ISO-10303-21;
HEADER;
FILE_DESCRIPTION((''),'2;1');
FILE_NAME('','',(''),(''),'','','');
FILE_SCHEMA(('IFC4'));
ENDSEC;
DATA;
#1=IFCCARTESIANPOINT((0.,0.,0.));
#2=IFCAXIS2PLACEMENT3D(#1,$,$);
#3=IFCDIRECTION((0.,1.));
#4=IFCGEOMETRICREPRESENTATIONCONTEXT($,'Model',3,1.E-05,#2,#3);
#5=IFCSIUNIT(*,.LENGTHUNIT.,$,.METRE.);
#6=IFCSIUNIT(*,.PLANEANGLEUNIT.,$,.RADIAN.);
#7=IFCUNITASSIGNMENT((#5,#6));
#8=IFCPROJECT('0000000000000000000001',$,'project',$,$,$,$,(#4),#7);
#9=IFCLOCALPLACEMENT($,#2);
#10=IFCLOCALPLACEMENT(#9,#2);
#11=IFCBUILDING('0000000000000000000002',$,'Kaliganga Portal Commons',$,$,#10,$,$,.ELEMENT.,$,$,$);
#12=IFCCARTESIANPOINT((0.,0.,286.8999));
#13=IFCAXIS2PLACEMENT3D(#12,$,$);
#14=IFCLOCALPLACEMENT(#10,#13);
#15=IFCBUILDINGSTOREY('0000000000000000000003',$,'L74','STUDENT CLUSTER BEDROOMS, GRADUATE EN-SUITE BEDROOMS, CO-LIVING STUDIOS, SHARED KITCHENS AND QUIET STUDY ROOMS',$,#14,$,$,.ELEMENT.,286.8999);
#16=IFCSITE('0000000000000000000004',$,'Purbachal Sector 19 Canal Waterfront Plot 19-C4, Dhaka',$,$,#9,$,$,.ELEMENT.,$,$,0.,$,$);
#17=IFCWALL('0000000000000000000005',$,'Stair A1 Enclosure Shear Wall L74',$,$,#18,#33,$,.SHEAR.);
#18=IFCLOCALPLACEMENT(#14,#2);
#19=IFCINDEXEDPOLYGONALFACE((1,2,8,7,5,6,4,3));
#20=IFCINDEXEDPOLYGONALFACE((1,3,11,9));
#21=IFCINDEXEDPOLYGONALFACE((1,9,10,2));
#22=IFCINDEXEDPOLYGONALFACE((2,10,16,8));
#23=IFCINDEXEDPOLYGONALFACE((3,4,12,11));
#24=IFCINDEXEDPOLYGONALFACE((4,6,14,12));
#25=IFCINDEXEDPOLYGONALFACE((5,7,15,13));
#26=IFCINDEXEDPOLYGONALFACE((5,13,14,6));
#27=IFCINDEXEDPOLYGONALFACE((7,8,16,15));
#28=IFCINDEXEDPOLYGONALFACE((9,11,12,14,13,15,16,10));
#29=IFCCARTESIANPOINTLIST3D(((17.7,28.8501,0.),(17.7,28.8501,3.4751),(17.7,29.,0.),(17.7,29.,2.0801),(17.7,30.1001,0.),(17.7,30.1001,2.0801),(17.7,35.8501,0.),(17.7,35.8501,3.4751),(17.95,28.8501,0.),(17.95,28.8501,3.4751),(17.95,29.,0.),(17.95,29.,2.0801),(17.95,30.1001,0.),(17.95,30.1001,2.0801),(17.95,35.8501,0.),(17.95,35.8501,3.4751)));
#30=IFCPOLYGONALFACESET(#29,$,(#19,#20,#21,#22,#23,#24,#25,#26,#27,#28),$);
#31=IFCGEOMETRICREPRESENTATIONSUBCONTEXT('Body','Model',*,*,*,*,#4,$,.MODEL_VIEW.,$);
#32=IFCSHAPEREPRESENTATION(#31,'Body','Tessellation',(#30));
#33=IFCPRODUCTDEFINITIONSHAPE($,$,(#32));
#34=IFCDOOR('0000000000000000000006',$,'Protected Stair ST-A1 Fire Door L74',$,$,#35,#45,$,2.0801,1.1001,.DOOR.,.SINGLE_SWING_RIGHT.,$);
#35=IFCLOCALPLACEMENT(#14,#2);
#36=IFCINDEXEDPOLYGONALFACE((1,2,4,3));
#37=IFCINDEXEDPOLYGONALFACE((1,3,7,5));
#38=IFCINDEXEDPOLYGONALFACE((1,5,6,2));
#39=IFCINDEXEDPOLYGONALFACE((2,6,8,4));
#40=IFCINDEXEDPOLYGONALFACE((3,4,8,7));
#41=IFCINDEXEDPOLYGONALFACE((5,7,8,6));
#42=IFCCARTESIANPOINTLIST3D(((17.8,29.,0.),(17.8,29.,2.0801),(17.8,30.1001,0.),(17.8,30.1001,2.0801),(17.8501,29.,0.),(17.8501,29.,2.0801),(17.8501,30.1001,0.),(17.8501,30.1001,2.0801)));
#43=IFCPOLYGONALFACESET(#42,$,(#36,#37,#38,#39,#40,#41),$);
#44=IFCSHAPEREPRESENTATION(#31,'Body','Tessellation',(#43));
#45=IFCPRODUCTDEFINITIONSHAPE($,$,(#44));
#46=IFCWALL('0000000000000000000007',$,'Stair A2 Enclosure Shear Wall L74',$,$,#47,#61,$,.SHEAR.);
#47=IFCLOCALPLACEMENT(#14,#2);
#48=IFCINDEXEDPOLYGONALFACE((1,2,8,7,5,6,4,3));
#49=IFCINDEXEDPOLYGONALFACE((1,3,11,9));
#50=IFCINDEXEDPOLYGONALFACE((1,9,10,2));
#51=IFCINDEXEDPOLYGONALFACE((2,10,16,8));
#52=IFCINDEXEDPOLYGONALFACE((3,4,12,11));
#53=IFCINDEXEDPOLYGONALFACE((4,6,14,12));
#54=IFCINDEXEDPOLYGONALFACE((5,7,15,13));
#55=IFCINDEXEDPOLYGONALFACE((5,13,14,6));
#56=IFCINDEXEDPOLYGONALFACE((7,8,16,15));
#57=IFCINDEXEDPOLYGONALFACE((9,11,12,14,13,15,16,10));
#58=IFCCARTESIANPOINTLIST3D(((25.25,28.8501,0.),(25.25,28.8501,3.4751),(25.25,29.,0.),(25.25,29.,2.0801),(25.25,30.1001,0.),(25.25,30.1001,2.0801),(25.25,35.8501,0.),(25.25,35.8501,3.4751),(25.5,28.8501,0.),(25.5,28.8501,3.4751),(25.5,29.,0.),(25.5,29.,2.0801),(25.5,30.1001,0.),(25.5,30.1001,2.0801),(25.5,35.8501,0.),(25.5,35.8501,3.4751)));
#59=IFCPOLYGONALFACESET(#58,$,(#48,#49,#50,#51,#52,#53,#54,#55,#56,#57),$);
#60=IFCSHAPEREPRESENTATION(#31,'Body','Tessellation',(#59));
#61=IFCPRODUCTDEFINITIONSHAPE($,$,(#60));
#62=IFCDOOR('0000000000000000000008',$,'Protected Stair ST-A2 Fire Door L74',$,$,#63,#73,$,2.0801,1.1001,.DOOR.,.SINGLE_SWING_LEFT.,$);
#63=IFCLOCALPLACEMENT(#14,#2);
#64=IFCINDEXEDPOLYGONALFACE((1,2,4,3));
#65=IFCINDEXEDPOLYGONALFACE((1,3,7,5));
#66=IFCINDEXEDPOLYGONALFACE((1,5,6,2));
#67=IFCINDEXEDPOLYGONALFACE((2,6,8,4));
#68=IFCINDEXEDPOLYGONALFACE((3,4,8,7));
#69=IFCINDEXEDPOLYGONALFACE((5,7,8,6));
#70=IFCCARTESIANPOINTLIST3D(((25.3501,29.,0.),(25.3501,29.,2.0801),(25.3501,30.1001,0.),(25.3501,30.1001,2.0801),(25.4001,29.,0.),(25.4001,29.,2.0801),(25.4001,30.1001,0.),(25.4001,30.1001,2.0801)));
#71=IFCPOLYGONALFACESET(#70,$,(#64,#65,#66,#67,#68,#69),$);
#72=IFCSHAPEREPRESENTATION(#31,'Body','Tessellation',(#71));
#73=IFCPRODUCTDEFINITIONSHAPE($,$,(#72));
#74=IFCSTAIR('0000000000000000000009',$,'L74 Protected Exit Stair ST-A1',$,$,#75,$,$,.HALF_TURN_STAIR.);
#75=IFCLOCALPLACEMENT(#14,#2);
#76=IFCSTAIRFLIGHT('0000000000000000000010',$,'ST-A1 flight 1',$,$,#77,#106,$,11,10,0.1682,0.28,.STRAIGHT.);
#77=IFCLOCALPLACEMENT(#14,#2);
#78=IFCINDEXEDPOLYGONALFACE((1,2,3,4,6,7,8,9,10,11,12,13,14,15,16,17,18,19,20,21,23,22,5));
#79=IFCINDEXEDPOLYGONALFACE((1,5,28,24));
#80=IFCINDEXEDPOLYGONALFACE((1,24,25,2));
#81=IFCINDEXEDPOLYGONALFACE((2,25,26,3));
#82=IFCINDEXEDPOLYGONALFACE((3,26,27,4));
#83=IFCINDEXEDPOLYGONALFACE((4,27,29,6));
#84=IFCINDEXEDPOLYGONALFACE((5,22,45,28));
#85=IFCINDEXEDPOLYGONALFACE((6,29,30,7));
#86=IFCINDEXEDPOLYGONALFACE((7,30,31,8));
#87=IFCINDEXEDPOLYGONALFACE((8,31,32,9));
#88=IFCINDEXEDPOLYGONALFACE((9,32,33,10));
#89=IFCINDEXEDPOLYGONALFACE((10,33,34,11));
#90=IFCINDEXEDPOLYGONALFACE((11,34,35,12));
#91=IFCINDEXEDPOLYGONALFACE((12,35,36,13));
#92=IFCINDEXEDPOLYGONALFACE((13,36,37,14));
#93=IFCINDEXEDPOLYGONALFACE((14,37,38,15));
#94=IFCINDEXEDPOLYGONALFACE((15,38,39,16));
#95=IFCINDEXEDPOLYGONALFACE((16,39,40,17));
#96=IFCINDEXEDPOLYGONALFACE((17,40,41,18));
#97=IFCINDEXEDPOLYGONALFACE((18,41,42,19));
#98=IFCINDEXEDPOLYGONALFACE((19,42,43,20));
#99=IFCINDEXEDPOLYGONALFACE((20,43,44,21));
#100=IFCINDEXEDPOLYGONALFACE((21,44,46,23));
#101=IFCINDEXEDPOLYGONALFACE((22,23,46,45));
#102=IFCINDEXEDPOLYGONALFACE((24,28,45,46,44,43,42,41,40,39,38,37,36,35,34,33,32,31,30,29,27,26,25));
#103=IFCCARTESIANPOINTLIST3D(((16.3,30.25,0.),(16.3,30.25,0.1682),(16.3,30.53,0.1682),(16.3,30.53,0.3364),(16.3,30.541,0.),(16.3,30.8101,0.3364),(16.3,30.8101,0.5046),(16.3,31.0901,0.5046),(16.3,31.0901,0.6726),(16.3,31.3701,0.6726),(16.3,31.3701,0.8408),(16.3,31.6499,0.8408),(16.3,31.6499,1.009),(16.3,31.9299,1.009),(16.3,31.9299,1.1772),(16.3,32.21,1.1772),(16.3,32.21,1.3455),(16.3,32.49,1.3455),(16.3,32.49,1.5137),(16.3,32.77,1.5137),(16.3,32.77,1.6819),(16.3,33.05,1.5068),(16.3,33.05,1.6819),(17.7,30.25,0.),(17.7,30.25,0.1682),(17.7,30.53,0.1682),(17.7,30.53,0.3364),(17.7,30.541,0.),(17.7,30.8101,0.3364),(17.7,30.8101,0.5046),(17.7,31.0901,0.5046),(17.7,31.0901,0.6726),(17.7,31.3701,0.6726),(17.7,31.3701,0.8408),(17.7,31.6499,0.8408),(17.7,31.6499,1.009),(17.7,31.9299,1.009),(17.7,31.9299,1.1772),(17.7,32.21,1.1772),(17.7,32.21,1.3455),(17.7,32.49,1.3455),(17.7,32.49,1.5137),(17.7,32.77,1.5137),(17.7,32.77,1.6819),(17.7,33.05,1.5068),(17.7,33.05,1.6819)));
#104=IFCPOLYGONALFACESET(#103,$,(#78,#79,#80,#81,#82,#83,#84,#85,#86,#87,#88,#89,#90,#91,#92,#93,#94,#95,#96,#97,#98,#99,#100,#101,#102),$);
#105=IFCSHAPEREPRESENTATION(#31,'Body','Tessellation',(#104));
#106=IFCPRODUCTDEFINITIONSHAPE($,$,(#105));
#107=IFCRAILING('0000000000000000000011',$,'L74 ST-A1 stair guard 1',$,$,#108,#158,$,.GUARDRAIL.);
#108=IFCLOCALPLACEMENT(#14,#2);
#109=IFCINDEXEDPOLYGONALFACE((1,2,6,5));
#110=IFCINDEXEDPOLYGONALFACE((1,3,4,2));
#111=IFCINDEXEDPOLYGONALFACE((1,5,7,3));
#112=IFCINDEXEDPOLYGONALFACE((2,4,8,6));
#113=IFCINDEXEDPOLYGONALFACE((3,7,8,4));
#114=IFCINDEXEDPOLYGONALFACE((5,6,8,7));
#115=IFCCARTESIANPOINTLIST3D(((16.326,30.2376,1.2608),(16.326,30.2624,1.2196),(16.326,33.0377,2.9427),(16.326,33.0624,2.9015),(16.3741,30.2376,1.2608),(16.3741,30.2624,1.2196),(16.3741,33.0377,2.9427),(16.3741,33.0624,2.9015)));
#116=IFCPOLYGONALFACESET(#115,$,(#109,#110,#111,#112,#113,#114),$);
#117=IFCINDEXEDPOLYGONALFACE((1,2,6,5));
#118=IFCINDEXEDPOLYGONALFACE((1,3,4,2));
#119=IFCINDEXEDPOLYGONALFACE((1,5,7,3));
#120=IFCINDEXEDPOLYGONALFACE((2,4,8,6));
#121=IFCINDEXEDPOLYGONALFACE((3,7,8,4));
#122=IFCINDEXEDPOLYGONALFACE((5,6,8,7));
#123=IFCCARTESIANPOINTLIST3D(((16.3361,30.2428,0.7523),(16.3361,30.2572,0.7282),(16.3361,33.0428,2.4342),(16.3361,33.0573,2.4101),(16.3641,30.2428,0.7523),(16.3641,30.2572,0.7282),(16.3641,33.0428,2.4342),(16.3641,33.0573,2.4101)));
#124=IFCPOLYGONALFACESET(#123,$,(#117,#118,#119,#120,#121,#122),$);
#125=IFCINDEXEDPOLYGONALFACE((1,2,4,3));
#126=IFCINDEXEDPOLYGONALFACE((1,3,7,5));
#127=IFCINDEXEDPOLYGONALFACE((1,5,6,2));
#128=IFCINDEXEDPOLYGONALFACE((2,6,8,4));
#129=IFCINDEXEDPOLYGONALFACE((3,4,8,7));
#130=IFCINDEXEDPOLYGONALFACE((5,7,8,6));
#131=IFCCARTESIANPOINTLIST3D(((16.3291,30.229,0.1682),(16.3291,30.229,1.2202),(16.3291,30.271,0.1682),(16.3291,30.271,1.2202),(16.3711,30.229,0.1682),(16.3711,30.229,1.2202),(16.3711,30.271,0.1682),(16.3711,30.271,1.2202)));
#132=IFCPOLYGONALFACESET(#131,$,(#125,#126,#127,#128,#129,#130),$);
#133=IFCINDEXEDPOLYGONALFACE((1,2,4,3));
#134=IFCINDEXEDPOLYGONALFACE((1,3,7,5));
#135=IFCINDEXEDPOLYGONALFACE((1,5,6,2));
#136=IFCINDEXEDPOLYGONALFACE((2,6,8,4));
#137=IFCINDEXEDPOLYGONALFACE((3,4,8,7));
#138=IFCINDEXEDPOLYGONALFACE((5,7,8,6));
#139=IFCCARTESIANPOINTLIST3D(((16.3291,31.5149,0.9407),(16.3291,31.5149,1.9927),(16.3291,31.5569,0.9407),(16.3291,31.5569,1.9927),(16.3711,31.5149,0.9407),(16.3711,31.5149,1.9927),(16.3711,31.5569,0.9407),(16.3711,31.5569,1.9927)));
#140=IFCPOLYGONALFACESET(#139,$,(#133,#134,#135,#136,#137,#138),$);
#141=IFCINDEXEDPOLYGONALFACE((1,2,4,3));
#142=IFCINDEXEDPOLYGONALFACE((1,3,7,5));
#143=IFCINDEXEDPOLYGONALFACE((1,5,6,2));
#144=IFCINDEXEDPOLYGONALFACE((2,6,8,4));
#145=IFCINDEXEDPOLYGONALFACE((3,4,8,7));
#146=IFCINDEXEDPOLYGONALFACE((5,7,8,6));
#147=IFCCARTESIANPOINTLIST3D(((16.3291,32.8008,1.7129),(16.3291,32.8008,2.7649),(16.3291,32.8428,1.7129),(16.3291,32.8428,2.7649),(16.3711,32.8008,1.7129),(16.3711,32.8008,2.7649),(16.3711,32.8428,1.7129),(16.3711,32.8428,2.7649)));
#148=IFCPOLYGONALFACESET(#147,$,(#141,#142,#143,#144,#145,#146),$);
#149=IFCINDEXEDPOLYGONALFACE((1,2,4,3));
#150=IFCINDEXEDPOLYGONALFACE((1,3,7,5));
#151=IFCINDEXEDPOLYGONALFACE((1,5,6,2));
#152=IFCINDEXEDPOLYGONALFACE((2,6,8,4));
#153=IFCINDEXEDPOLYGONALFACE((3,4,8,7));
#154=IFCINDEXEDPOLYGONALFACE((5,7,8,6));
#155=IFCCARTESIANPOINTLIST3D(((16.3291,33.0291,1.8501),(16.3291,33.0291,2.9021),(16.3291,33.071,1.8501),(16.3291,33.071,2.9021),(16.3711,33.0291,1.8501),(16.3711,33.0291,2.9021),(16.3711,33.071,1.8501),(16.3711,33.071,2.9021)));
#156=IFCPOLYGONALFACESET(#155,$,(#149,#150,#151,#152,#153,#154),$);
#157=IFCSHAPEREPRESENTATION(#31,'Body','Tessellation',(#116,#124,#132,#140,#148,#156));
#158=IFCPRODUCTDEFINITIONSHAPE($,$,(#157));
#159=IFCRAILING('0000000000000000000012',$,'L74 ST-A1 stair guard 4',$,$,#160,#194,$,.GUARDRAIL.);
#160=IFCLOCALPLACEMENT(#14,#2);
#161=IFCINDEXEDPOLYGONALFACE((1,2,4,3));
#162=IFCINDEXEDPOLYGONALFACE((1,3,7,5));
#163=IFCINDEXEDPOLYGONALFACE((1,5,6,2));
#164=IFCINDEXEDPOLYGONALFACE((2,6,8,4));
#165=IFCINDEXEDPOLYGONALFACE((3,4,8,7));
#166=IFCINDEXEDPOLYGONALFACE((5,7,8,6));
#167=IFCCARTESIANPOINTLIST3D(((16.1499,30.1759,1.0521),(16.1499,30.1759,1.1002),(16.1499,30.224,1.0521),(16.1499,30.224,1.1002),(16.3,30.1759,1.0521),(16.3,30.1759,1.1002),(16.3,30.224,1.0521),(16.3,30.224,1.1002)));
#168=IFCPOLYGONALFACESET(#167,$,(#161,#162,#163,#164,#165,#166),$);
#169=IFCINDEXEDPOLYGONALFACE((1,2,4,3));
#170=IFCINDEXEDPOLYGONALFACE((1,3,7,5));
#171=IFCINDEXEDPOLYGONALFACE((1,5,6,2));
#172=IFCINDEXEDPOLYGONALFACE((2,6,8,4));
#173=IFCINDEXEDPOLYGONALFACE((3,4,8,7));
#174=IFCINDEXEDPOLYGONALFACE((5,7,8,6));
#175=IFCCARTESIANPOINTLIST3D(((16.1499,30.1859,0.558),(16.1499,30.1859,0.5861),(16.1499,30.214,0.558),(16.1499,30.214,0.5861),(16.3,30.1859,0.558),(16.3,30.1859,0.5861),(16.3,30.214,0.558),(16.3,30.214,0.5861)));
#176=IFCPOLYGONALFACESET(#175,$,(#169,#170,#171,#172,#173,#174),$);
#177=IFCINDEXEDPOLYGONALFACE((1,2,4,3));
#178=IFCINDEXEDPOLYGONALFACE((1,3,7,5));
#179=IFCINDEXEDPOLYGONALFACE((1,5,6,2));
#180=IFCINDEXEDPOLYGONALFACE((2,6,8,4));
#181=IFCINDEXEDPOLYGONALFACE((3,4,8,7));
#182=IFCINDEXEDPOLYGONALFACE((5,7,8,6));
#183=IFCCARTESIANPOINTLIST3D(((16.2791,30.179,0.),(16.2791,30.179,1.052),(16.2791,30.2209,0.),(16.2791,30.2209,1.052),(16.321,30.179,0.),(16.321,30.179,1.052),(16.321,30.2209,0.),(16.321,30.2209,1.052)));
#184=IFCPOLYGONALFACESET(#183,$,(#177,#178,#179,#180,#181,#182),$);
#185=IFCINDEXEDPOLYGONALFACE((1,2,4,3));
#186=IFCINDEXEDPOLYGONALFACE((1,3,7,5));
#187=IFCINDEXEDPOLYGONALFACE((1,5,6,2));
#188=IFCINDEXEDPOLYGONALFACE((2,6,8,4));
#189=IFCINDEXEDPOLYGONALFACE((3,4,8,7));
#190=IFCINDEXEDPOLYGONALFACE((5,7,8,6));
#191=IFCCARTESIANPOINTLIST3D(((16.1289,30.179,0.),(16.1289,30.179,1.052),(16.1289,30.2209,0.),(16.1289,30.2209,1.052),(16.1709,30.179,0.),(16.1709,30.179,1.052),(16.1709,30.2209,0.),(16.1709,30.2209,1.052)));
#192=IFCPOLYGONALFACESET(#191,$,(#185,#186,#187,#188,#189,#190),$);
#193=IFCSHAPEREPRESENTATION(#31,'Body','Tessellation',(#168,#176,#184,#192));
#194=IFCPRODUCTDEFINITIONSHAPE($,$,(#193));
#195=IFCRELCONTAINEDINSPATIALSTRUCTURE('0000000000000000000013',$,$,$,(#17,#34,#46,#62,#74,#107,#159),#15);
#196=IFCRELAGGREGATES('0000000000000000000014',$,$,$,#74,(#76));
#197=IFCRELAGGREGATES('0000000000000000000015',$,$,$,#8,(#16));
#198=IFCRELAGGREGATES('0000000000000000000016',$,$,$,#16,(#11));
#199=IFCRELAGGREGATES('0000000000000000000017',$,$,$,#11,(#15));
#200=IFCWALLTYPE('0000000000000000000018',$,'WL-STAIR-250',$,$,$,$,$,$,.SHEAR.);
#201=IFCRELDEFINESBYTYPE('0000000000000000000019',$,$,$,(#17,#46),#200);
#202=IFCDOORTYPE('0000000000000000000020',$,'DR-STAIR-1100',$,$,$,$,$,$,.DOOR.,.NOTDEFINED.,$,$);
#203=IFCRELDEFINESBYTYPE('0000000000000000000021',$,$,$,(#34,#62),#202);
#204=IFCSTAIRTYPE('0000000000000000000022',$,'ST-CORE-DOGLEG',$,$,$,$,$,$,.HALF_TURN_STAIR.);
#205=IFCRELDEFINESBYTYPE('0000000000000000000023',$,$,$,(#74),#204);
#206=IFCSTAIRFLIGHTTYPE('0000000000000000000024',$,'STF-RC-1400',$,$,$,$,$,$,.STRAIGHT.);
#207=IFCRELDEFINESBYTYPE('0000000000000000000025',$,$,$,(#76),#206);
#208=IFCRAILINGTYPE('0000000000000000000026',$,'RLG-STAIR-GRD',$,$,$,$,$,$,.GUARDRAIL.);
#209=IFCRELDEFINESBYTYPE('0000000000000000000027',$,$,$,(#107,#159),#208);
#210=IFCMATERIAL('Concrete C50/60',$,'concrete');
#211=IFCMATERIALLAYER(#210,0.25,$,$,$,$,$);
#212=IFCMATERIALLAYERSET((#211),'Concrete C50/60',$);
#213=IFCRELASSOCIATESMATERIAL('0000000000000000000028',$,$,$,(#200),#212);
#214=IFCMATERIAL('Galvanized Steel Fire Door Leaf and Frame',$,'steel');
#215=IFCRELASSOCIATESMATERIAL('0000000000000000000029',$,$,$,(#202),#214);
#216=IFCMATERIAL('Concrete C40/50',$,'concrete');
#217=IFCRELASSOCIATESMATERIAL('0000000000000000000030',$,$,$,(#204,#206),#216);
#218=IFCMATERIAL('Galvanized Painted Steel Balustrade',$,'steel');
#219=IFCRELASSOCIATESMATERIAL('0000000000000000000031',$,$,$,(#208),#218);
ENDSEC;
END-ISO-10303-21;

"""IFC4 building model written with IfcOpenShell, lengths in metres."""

from ifc_helpers import new_model, si_unit, direction, frame, frame_2d, origin, origin_2d, place, context, subcontext, project, spatial, polyline, rectangle, outline, extrude, material, layer, layer_set, type_object, element, fill, aggregate, save


model = new_model("IFC4")

# Units and contexts
model_context = context("Model", 3, precision=1e-05, world=origin(), true_north=direction((0.0, 1.0)))
body_context = subcontext(model_context, "Body", "Model", "MODEL_VIEW")
ifc_project = project(units=[si_unit("LENGTHUNIT", "METRE"), si_unit("PLANEANGLEUNIT", "RADIAN")], contexts=[model_context])

# Site, building, storey
site_placement = place(None, origin())
site = spatial("IfcSite", under=ifc_project, at=site_placement, Name="Purbachal Sector 19 Canal Waterfront Plot 19-C4, Dhaka", CompositionType="ELEMENT", RefElevation=0.0)
building_placement = place(site_placement, origin())
building = spatial("IfcBuilding", under=site, at=building_placement, Name="Kaliganga Portal Commons", CompositionType="ELEMENT")
storey_placement = place(building_placement, frame((0.0, 0.0, 286.8999)))
storey = spatial("IfcBuildingStorey", under=building, at=storey_placement, Name="L74", Description="STUDENT CLUSTER BEDROOMS, GRADUATE EN-SUITE BEDROOMS, CO-LIVING STUDIOS, SHARED KITCHENS AND QUIET STUDY ROOMS", CompositionType="ELEMENT", Elevation=286.8999)

# Shared definitions
ifc_material_1 = material(Name="Concrete C50/60", Category="concrete")

# Walls, openings, doors
ifc_layer_1 = layer(ifc_material_1, 0.25)
ifc_layer_set_1 = layer_set([ifc_layer_1], Name="Concrete C50/60")
wall_type_1 = type_object("IfcWallType", Name="WL-STAIR-250", PredefinedType="SHEAR", material=ifc_layer_set_1)
wall_1_placement = place(storey_placement, frame((17.825, 28.8501, 0.0), z_axis=(0.0, 0.0, 1.0), x_axis=(0.0, 1.0, 0.0)))
wall_1 = element("IfcWall", 1, at=wall_1_placement, inside=storey, type_object=wall_type_1, Name="Stair A1 Enclosure Shear Wall L74", PredefinedType="SHEAR", context=body_context, shape_type="SweptSolid", body=[
    extrude(rectangle(XDim=7.0, YDim=0.25, at=frame_2d((3.5, 0.0))), origin(), (0.0, 0.0, 1.0), 3.4751),
])
opening_1_placement = place(wall_1_placement, frame((0.1499, 0.0, 0.0)))
opening_1 = element("IfcOpeningElement", 2, at=opening_1_placement, cuts=wall_1, PredefinedType="OPENING", context=body_context, shape_type="SweptSolid", body=[
    extrude(rectangle(XDim=1.1001, YDim=2.0801, at=frame_2d((0.55, 1.04))), frame((0.0, 0.135, 0.0), z_axis=(0.0, -1.0, 0.0), x_axis=(1.0, 0.0, 0.0)), (0.0, 0.0, 1.0), 0.27),
])
ifc_material_2 = material(Name="Galvanized Steel Fire Door Leaf and Frame", Category="steel")
door_type_1 = type_object("IfcDoorType", Name="DR-STAIR-1100", OperationType="NOTDEFINED", PredefinedType="DOOR", material=ifc_material_2)
door_1_placement = place(opening_1_placement, origin())
door_1 = element("IfcDoor", 3, at=door_1_placement, inside=storey, type_object=door_type_1, Name="Protected Stair ST-A1 Fire Door L74", OperationType="SINGLE_SWING_RIGHT", OverallHeight=2.0801, OverallWidth=1.1001, PredefinedType="DOOR", context=body_context, shape_type="SweptSolid", body=[
    extrude(rectangle(XDim=1.1001, YDim=2.0801, at=frame_2d((0.55, 1.04))), frame((0.0, 0.0249, 0.0), z_axis=(0.0, -1.0, 0.0), x_axis=(1.0, 0.0, 0.0)), (0.0, 0.0, 1.0), 0.05),
])
fill(opening_1, door_1)
wall_2_placement = place(storey_placement, frame((25.375, 28.8501, 0.0), z_axis=(0.0, 0.0, 1.0), x_axis=(0.0, 1.0, 0.0)))
wall_2 = element("IfcWall", 4, at=wall_2_placement, inside=storey, type_object=wall_type_1, Name="Stair A2 Enclosure Shear Wall L74", PredefinedType="SHEAR", context=body_context, shape_type="SweptSolid", body=[
    extrude(rectangle(XDim=7.0, YDim=0.25, at=frame_2d((3.5, 0.0))), origin(), (0.0, 0.0, 1.0), 3.4751),
])
opening_2_placement = place(wall_2_placement, frame((0.1499, 0.0, 0.0)))
opening_2 = element("IfcOpeningElement", 5, at=opening_2_placement, cuts=wall_2, PredefinedType="OPENING", context=body_context, shape_type="SweptSolid", body=[
    extrude(rectangle(XDim=1.1001, YDim=2.0801, at=frame_2d((0.55, 1.04))), frame((0.0, 0.135, 0.0), z_axis=(0.0, -1.0, 0.0), x_axis=(1.0, 0.0, 0.0)), (0.0, 0.0, 1.0), 0.27),
])
door_2_placement = place(opening_2_placement, origin())
door_2 = element("IfcDoor", 6, at=door_2_placement, inside=storey, type_object=door_type_1, Name="Protected Stair ST-A2 Fire Door L74", OperationType="SINGLE_SWING_LEFT", OverallHeight=2.0801, OverallWidth=1.1001, PredefinedType="DOOR", context=body_context, shape_type="SweptSolid", body=[
    extrude(rectangle(XDim=1.1001, YDim=2.0801, at=frame_2d((0.55, 1.04))), frame((0.0, 0.0249, 0.0), z_axis=(0.0, -1.0, 0.0), x_axis=(1.0, 0.0, 0.0)), (0.0, 0.0, 1.0), 0.05),
])
fill(opening_2, door_2)

# Stair, stair flight
ifc_material_3 = material(Name="Concrete C40/50", Category="concrete")
stair_type = type_object("IfcStairType", Name="ST-CORE-DOGLEG", PredefinedType="HALF_TURN_STAIR", material=ifc_material_3)
stair_placement = place(storey_placement, origin())
stair = element("IfcStair", 7, at=stair_placement, inside=storey, type_object=stair_type, Name="L74 Protected Exit Stair ST-A1", PredefinedType="HALF_TURN_STAIR")
stair_flight_type = type_object("IfcStairFlightType", Name="STF-RC-1400", PredefinedType="STRAIGHT", material=ifc_material_3)
stair_flight_placement = place(storey_placement, frame((17.0, 30.25, 0.0), z_axis=(0.0, 0.0, 1.0), x_axis=(0.0, 1.0, 0.0)))
stair_flight = element("IfcStairFlight", 8, at=stair_flight_placement, type_object=stair_flight_type, Name="ST-A1 flight 1", NumberOfRisers=11, NumberOfTreads=10, PredefinedType="STRAIGHT", RiserHeight=0.1682, TreadLength=0.28, context=body_context, shape_type="SweptSolid", body=[
    extrude(outline(polyline([(0.0, 0.0), (0.0, 0.1682), (0.28, 0.1682), (0.28, 0.3364), (0.5601, 0.3364), (0.5601, 0.5046), (0.8401, 0.5046), (0.8401, 0.6726), (1.1201, 0.6726), (1.1201, 0.8408), (1.3999, 0.8408), (1.3999, 1.009), (1.6799, 1.009), (1.6799, 1.1772), (1.96, 1.1772), (1.96, 1.3455), (2.24, 1.3455), (2.24, 1.5137), (2.52, 1.5137), (2.52, 1.6819), (2.8, 1.6819), (2.8, 1.8501), (2.8, 1.5068), (0.291, 0.0), (0.0, 0.0)])), frame((0.0, 0.7, 0.0), z_axis=(0.0, -1.0, 0.0), x_axis=(1.0, 0.0, 0.0)), (0.0, 0.0, 1.0), 1.3999),
])
aggregate(stair, [stair_flight])

# Railings
ifc_material_4 = material(Name="Galvanized Painted Steel Balustrade", Category="steel")
railing_type_1 = type_object("IfcRailingType", Name="RLG-STAIR-GRD", PredefinedType="GUARDRAIL", material=ifc_material_4)
railing_1_placement = place(storey_placement, frame((16.3501, 30.25, 0.1682)))
element("IfcRailing", 9, at=railing_1_placement, inside=storey, type_object=railing_type_1, Name="L74 ST-A1 stair guard 1", PredefinedType="GUARDRAIL", context=body_context, shape_type="SweptSolid", body=[
    extrude(rectangle(XDim=0.0481, YDim=0.0481, at=origin_2d()), frame((0.0, 0.0, 1.072), z_axis=(0.0, 0.857242, 0.514913), x_axis=(-1.0, 0.0, 0.0)), (0.0, 0.0, 1.0), 3.2664),
    extrude(rectangle(XDim=0.0281, YDim=0.0281, at=origin_2d()), frame((0.0, 0.0, 0.572), z_axis=(0.0, 0.857242, 0.514913), x_axis=(-1.0, 0.0, 0.0)), (0.0, 0.0, 1.0), 3.2664),
    extrude(rectangle(XDim=0.042, YDim=0.042, at=origin_2d()), origin(), (0.0, 0.0, 1.0), 1.052),
    extrude(rectangle(XDim=0.042, YDim=0.042, at=origin_2d()), frame((0.0, 1.2859, 0.7725)), (0.0, 0.0, 1.0), 1.052),
    extrude(rectangle(XDim=0.042, YDim=0.042, at=origin_2d()), frame((0.0, 2.5718, 1.5447)), (0.0, 0.0, 1.0), 1.052),
    extrude(rectangle(XDim=0.042, YDim=0.042, at=origin_2d()), frame((0.0, 2.8, 1.6819)), (0.0, 0.0, 1.0), 1.052),
])
railing_2_placement = place(storey_placement, frame((16.3, 30.2, 0.0)))
element("IfcRailing", 10, at=railing_2_placement, inside=storey, type_object=railing_type_1, Name="L74 ST-A1 stair guard 4", PredefinedType="GUARDRAIL", context=body_context, shape_type="SweptSolid", body=[
    extrude(rectangle(XDim=0.0481, YDim=0.0481, at=origin_2d()), frame((0.0, 0.0, 1.0762), z_axis=(-1.0, 0.0, 0.0), x_axis=(0.0, -1.0, 0.0)), (0.0, 0.0, 1.0), 0.1501),
    extrude(rectangle(XDim=0.0281, YDim=0.0281, at=origin_2d()), frame((0.0, 0.0, 0.572), z_axis=(-1.0, 0.0, 0.0), x_axis=(0.0, -1.0, 0.0)), (0.0, 0.0, 1.0), 0.1501),
    extrude(rectangle(XDim=0.042, YDim=0.042, at=origin_2d()), origin(), (0.0, 0.0, 1.0), 1.052),
    extrude(rectangle(XDim=0.042, YDim=0.042, at=origin_2d()), frame((-0.1501, 0.0, 0.0)), (0.0, 0.0, 1.0), 1.052),
])

save(model, "model.ifc")
